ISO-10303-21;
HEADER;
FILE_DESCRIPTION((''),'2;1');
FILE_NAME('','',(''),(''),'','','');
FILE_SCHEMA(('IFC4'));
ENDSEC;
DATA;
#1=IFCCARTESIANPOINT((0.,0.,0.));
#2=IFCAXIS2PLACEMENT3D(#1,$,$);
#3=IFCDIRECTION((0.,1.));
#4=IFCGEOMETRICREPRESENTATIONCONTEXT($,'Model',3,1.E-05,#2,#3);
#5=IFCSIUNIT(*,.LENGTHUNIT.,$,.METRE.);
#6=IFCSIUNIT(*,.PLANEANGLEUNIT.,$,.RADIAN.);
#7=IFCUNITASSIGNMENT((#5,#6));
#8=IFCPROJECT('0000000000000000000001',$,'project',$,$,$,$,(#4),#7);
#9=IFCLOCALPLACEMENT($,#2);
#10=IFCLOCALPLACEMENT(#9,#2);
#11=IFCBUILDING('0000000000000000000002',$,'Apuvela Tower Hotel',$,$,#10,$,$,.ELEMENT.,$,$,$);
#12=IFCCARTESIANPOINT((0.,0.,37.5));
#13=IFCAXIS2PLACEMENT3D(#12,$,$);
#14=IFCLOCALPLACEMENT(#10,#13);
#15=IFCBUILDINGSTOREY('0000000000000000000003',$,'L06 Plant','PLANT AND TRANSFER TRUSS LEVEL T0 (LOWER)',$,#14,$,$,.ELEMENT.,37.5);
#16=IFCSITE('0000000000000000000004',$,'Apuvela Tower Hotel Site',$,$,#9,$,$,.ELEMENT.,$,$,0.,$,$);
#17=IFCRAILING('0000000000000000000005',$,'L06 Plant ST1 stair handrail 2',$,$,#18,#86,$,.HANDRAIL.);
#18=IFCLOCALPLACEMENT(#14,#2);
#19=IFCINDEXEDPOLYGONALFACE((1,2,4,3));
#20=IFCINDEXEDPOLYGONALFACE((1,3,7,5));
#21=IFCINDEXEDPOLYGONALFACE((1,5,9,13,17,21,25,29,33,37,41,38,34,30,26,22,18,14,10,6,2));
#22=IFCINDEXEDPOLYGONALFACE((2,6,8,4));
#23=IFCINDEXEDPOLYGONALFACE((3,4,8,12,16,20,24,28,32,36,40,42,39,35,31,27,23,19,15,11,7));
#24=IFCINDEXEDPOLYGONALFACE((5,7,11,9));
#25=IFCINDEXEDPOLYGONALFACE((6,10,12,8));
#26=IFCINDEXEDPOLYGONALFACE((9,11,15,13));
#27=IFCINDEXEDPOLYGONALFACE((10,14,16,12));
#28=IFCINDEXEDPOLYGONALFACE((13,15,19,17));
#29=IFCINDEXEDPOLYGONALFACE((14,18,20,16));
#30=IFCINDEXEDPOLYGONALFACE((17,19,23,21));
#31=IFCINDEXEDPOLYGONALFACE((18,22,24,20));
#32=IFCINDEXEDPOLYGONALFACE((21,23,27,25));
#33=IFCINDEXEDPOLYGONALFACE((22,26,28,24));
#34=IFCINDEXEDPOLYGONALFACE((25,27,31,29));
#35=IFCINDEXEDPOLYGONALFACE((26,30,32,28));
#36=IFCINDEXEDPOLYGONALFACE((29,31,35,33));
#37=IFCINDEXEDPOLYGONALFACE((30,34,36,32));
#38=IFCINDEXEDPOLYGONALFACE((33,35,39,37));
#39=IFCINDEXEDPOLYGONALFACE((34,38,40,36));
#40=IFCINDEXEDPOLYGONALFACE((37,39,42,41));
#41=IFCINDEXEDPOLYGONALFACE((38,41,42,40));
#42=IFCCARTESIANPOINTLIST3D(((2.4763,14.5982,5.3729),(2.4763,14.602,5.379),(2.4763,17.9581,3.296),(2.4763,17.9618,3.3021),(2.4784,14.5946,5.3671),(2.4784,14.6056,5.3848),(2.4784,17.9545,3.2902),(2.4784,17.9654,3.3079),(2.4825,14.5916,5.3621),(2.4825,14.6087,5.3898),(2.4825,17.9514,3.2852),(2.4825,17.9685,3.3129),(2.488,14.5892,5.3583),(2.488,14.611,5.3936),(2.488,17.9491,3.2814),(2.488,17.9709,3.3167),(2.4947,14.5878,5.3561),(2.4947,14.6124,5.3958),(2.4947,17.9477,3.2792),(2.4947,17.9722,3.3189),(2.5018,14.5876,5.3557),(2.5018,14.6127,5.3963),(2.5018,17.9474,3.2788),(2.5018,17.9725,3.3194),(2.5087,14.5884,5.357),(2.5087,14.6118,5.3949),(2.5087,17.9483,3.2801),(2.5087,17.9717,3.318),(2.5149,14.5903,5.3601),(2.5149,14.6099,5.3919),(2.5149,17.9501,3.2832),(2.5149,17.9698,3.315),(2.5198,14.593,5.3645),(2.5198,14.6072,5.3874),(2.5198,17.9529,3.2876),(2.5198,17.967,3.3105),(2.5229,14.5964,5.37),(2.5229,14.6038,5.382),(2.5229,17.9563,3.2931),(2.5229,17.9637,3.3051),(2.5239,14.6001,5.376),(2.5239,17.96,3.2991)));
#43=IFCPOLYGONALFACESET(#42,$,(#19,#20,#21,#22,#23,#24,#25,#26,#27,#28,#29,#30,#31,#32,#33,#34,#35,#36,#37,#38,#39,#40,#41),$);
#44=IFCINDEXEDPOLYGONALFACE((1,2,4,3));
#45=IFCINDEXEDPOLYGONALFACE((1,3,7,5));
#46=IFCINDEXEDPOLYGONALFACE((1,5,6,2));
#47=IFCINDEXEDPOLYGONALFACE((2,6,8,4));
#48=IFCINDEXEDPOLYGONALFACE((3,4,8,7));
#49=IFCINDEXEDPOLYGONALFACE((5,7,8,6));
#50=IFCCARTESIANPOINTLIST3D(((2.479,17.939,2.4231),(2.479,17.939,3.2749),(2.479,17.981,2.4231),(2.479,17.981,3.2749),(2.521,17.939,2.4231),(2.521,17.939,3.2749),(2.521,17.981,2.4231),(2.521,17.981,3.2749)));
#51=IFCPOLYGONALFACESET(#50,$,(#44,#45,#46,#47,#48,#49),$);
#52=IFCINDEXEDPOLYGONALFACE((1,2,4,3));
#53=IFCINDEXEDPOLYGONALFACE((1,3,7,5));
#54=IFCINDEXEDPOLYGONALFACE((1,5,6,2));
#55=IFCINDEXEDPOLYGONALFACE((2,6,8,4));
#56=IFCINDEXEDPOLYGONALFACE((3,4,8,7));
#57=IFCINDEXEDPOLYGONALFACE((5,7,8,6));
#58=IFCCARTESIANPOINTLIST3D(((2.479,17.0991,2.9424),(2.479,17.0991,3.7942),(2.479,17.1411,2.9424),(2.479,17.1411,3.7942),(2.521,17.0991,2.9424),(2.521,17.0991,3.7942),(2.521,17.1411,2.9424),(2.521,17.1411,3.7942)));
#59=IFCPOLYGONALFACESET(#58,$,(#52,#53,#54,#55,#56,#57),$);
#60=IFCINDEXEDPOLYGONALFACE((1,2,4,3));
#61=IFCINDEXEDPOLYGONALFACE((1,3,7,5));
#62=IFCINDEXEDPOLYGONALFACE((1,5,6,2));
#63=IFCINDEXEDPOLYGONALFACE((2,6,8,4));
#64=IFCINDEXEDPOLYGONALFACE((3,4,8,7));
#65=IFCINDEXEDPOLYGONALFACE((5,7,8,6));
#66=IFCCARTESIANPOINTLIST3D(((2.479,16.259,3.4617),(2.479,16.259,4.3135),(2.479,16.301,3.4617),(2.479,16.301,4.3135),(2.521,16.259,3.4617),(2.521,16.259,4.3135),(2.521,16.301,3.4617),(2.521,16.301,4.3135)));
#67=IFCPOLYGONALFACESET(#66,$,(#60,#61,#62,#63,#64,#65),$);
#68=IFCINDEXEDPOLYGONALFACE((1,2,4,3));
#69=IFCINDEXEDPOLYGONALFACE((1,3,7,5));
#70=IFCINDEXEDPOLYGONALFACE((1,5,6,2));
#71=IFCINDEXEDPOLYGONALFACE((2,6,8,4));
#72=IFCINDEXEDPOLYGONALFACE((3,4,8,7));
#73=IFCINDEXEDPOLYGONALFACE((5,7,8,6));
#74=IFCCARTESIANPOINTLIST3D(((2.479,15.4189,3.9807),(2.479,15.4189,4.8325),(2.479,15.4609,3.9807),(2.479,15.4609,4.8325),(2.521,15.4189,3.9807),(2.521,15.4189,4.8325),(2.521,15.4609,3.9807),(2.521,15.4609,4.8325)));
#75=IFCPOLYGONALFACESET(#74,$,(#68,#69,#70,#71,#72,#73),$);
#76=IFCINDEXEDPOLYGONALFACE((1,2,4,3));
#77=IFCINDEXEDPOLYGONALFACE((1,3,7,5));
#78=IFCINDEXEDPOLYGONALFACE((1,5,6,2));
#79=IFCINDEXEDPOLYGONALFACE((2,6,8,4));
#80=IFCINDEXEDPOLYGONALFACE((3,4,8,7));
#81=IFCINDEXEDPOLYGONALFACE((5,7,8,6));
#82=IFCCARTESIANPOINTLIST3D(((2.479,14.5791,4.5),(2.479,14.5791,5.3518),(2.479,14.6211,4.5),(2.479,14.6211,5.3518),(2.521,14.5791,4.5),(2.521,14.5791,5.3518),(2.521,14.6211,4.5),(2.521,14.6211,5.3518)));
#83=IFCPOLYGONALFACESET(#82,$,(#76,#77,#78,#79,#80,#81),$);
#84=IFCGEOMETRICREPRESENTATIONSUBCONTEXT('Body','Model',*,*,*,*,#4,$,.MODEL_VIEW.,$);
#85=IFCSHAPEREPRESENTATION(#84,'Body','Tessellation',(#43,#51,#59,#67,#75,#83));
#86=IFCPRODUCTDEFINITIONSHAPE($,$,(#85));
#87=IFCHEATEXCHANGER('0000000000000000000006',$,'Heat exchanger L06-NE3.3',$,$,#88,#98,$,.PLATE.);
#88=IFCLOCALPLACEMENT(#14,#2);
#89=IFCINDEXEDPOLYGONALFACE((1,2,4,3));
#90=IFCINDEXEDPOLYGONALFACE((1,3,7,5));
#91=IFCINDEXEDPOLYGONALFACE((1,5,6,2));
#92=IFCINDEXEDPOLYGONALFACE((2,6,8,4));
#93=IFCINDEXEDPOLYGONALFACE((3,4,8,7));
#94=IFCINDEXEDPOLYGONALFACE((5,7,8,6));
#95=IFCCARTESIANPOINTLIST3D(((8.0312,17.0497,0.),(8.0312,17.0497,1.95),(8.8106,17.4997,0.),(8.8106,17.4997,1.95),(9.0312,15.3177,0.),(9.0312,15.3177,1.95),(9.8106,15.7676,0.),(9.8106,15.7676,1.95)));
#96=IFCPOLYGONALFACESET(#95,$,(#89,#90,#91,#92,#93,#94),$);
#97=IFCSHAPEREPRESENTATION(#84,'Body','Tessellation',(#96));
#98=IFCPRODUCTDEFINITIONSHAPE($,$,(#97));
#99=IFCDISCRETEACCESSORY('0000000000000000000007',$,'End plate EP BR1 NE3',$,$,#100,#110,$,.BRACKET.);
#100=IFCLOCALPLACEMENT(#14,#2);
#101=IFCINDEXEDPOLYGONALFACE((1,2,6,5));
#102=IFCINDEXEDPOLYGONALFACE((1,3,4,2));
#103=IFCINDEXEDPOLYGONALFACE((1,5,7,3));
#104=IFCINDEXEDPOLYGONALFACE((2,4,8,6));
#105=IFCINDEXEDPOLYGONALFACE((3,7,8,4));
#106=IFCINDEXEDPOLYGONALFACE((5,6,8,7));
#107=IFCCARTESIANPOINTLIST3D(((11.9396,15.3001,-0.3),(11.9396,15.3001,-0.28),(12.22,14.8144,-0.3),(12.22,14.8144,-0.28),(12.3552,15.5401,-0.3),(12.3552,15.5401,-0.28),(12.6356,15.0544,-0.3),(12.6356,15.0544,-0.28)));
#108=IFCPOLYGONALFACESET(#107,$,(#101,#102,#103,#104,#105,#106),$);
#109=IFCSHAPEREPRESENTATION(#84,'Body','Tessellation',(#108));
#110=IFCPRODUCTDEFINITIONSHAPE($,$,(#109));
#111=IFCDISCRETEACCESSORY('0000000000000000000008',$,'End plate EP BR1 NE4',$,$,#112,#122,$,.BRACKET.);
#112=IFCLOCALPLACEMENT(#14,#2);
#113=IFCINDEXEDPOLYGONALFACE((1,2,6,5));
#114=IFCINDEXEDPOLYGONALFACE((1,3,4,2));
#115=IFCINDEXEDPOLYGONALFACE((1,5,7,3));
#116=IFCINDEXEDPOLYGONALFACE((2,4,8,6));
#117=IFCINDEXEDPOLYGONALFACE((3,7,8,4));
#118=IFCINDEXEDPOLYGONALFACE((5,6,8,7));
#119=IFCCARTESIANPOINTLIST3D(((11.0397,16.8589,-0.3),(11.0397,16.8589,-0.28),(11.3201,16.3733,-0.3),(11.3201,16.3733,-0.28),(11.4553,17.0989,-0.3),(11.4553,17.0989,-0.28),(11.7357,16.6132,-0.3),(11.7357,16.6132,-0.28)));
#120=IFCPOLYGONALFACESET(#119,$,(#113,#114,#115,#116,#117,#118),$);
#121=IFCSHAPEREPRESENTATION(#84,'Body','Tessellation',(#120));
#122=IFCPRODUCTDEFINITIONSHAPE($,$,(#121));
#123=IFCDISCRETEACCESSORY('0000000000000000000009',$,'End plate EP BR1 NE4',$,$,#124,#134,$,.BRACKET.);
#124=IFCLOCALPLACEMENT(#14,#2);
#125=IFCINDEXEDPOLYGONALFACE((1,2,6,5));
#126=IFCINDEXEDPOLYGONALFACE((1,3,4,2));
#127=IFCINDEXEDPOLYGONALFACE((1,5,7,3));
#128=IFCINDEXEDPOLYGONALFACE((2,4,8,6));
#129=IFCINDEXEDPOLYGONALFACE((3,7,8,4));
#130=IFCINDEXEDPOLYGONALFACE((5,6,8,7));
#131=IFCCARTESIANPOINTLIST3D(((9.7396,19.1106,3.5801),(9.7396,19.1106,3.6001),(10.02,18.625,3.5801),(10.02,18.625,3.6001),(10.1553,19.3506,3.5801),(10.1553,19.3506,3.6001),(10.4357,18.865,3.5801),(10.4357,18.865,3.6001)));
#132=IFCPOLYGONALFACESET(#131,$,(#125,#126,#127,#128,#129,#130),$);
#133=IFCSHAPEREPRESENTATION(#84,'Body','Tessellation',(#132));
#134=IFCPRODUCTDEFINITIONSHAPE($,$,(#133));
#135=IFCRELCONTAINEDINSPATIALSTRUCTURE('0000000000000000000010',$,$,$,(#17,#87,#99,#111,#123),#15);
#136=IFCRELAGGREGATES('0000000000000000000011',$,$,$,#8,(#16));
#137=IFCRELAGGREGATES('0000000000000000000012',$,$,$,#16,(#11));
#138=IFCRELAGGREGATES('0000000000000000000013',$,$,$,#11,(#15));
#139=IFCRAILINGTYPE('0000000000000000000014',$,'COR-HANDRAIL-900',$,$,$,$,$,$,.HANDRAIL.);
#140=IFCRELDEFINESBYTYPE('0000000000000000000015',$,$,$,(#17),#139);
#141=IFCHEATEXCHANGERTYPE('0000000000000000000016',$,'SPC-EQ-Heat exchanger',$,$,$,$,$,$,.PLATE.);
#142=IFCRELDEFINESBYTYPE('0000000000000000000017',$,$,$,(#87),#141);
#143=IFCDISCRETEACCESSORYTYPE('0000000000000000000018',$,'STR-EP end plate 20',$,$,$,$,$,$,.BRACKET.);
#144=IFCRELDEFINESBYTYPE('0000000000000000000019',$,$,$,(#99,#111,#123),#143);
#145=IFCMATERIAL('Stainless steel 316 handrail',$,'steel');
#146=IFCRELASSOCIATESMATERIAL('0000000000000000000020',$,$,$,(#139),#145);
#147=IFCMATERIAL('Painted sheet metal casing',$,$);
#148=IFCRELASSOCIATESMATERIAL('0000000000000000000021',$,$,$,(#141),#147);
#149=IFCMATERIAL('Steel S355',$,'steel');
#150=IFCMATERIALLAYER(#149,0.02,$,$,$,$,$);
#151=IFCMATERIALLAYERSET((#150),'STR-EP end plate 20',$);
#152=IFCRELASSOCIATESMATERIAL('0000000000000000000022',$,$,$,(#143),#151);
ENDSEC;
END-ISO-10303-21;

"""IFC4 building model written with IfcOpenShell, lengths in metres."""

from ifc_helpers import new_model, si_unit, direction, frame, origin, origin_2d, place, context, subcontext, project, spatial, rectangle, circle, extrude, material, layer, layer_set, type_object, element, save


model = new_model("IFC4")

# Units and contexts
model_context = context("Model", 3, precision=1e-05, world=origin(), true_north=direction((0.0, 1.0)))
body_context = subcontext(model_context, "Body", "Model", "MODEL_VIEW")
ifc_project = project(units=[si_unit("LENGTHUNIT", "METRE"), si_unit("PLANEANGLEUNIT", "RADIAN")], contexts=[model_context])

# Site, building, storey
site_placement = place(None, origin())
site = spatial("IfcSite", under=ifc_project, at=site_placement, Name="Apuvela Tower Hotel Site", CompositionType="ELEMENT", RefElevation=0.0)
building_placement = place(site_placement, origin())
building = spatial("IfcBuilding", under=site, at=building_placement, Name="Apuvela Tower Hotel", CompositionType="ELEMENT")
storey_placement = place(building_placement, frame((0.0, 0.0, 37.5)))
storey = spatial("IfcBuildingStorey", under=building, at=storey_placement, Name="L06 Plant", Description="PLANT AND TRANSFER TRUSS LEVEL T0 (LOWER)", CompositionType="ELEMENT", Elevation=37.5)

# Shared definitions
ifc_material_1 = material(Name="Steel S355", Category="steel")

# Railing
ifc_material_2 = material(Name="Stainless steel 316 handrail", Category="steel")
railing_type_1 = type_object("IfcRailingType", Name="COR-HANDRAIL-900", PredefinedType="HANDRAIL", material=ifc_material_2)
railing_1_placement = place(storey_placement, frame((2.5, 17.96, 2.4231)))
element("IfcRailing", 1, at=railing_1_placement, inside=storey, type_object=railing_type_1, Name="L06 Plant ST1 stair handrail 2", PredefinedType="HANDRAIL", context=body_context, shape_type="SweptSolid", body=[
    extrude(circle(Radius=0.0239, at=origin_2d()), frame((0.0, 0.0, 0.876), z_axis=(0.0, -0.850606, 0.525803), x_axis=(1.0, 0.0, 0.0)), (0.0, 0.0, 1.0), 3.95),
    extrude(rectangle(XDim=0.042, YDim=0.042, at=origin_2d()), origin(), (0.0, 0.0, 1.0), 0.8518),
    extrude(rectangle(XDim=0.042, YDim=0.042, at=origin_2d()), frame((0.0, -0.8398, 0.5193)), (0.0, 0.0, 1.0), 0.8518),
    extrude(rectangle(XDim=0.042, YDim=0.042, at=origin_2d()), frame((0.0, -1.6799, 1.0386)), (0.0, 0.0, 1.0), 0.8518),
    extrude(rectangle(XDim=0.042, YDim=0.042, at=origin_2d()), frame((0.0, -2.52, 1.5576)), (0.0, 0.0, 1.0), 0.8518),
    extrude(rectangle(XDim=0.042, YDim=0.042, at=origin_2d()), frame((0.0, -3.3599, 2.0769)), (0.0, 0.0, 1.0), 0.8518),
])

# Heat exchanger
ifc_material_3 = material(Name="Painted sheet metal casing")
heat_exchanger_type = type_object("IfcHeatExchangerType", Name="SPC-EQ-Heat exchanger", PredefinedType="PLATE", material=ifc_material_3)
heat_exchanger_placement = place(storey_placement, frame((8.9209, 16.4087, 0.0), z_axis=(0.0, 0.0, 1.0), x_axis=(-0.5, 0.866025, 0.0)))
element("IfcHeatExchanger", 2, at=heat_exchanger_placement, inside=storey, type_object=heat_exchanger_type, Name="Heat exchanger L06-NE3.3", PredefinedType="PLATE", context=body_context, shape_type="SweptSolid", body=[
    extrude(rectangle(XDim=2.0, YDim=0.8999, at=origin_2d()), origin(), (0.0, 0.0, 1.0), 1.95),
])

# Discrete accessories
ifc_layer_1 = layer(ifc_material_1, 0.02)
ifc_layer_set_1 = layer_set([ifc_layer_1], Name="STR-EP end plate 20")
discrete_accessory_type = type_object("IfcDiscreteAccessoryType", Name="STR-EP end plate 20", PredefinedType="BRACKET", material=ifc_layer_set_1)
for number, where, z_axis, x_axis, name in (
    (3, (12.2876, 15.1772, -0.3), (0.0, 0.0, 1.0), (0.5, -0.866025, 0.0), "End plate EP BR1 NE3"),
    (4, (11.3877, 16.7361, -0.3), (0.0, 0.0, 1.0), (-0.5, 0.866025, 0.0), "End plate EP BR1 NE4"),
    (5, (10.0876, 18.9878, 3.5801), (0.0, 0.0, 1.0), (-0.5, 0.866025, 0.0), "End plate EP BR1 NE4"),
):
    element("IfcDiscreteAccessory", number, at=place(storey_placement, frame(where, z_axis=z_axis, x_axis=x_axis)), inside=storey, type_object=discrete_accessory_type, Name=name, PredefinedType="BRACKET", context=body_context, shape_type="SweptSolid", body=[
        extrude(rectangle(XDim=0.5608, YDim=0.48, at=origin_2d()), origin(), (0.0, 0.0, 1.0), 0.02),
    ])

save(model, "model.ifc")
